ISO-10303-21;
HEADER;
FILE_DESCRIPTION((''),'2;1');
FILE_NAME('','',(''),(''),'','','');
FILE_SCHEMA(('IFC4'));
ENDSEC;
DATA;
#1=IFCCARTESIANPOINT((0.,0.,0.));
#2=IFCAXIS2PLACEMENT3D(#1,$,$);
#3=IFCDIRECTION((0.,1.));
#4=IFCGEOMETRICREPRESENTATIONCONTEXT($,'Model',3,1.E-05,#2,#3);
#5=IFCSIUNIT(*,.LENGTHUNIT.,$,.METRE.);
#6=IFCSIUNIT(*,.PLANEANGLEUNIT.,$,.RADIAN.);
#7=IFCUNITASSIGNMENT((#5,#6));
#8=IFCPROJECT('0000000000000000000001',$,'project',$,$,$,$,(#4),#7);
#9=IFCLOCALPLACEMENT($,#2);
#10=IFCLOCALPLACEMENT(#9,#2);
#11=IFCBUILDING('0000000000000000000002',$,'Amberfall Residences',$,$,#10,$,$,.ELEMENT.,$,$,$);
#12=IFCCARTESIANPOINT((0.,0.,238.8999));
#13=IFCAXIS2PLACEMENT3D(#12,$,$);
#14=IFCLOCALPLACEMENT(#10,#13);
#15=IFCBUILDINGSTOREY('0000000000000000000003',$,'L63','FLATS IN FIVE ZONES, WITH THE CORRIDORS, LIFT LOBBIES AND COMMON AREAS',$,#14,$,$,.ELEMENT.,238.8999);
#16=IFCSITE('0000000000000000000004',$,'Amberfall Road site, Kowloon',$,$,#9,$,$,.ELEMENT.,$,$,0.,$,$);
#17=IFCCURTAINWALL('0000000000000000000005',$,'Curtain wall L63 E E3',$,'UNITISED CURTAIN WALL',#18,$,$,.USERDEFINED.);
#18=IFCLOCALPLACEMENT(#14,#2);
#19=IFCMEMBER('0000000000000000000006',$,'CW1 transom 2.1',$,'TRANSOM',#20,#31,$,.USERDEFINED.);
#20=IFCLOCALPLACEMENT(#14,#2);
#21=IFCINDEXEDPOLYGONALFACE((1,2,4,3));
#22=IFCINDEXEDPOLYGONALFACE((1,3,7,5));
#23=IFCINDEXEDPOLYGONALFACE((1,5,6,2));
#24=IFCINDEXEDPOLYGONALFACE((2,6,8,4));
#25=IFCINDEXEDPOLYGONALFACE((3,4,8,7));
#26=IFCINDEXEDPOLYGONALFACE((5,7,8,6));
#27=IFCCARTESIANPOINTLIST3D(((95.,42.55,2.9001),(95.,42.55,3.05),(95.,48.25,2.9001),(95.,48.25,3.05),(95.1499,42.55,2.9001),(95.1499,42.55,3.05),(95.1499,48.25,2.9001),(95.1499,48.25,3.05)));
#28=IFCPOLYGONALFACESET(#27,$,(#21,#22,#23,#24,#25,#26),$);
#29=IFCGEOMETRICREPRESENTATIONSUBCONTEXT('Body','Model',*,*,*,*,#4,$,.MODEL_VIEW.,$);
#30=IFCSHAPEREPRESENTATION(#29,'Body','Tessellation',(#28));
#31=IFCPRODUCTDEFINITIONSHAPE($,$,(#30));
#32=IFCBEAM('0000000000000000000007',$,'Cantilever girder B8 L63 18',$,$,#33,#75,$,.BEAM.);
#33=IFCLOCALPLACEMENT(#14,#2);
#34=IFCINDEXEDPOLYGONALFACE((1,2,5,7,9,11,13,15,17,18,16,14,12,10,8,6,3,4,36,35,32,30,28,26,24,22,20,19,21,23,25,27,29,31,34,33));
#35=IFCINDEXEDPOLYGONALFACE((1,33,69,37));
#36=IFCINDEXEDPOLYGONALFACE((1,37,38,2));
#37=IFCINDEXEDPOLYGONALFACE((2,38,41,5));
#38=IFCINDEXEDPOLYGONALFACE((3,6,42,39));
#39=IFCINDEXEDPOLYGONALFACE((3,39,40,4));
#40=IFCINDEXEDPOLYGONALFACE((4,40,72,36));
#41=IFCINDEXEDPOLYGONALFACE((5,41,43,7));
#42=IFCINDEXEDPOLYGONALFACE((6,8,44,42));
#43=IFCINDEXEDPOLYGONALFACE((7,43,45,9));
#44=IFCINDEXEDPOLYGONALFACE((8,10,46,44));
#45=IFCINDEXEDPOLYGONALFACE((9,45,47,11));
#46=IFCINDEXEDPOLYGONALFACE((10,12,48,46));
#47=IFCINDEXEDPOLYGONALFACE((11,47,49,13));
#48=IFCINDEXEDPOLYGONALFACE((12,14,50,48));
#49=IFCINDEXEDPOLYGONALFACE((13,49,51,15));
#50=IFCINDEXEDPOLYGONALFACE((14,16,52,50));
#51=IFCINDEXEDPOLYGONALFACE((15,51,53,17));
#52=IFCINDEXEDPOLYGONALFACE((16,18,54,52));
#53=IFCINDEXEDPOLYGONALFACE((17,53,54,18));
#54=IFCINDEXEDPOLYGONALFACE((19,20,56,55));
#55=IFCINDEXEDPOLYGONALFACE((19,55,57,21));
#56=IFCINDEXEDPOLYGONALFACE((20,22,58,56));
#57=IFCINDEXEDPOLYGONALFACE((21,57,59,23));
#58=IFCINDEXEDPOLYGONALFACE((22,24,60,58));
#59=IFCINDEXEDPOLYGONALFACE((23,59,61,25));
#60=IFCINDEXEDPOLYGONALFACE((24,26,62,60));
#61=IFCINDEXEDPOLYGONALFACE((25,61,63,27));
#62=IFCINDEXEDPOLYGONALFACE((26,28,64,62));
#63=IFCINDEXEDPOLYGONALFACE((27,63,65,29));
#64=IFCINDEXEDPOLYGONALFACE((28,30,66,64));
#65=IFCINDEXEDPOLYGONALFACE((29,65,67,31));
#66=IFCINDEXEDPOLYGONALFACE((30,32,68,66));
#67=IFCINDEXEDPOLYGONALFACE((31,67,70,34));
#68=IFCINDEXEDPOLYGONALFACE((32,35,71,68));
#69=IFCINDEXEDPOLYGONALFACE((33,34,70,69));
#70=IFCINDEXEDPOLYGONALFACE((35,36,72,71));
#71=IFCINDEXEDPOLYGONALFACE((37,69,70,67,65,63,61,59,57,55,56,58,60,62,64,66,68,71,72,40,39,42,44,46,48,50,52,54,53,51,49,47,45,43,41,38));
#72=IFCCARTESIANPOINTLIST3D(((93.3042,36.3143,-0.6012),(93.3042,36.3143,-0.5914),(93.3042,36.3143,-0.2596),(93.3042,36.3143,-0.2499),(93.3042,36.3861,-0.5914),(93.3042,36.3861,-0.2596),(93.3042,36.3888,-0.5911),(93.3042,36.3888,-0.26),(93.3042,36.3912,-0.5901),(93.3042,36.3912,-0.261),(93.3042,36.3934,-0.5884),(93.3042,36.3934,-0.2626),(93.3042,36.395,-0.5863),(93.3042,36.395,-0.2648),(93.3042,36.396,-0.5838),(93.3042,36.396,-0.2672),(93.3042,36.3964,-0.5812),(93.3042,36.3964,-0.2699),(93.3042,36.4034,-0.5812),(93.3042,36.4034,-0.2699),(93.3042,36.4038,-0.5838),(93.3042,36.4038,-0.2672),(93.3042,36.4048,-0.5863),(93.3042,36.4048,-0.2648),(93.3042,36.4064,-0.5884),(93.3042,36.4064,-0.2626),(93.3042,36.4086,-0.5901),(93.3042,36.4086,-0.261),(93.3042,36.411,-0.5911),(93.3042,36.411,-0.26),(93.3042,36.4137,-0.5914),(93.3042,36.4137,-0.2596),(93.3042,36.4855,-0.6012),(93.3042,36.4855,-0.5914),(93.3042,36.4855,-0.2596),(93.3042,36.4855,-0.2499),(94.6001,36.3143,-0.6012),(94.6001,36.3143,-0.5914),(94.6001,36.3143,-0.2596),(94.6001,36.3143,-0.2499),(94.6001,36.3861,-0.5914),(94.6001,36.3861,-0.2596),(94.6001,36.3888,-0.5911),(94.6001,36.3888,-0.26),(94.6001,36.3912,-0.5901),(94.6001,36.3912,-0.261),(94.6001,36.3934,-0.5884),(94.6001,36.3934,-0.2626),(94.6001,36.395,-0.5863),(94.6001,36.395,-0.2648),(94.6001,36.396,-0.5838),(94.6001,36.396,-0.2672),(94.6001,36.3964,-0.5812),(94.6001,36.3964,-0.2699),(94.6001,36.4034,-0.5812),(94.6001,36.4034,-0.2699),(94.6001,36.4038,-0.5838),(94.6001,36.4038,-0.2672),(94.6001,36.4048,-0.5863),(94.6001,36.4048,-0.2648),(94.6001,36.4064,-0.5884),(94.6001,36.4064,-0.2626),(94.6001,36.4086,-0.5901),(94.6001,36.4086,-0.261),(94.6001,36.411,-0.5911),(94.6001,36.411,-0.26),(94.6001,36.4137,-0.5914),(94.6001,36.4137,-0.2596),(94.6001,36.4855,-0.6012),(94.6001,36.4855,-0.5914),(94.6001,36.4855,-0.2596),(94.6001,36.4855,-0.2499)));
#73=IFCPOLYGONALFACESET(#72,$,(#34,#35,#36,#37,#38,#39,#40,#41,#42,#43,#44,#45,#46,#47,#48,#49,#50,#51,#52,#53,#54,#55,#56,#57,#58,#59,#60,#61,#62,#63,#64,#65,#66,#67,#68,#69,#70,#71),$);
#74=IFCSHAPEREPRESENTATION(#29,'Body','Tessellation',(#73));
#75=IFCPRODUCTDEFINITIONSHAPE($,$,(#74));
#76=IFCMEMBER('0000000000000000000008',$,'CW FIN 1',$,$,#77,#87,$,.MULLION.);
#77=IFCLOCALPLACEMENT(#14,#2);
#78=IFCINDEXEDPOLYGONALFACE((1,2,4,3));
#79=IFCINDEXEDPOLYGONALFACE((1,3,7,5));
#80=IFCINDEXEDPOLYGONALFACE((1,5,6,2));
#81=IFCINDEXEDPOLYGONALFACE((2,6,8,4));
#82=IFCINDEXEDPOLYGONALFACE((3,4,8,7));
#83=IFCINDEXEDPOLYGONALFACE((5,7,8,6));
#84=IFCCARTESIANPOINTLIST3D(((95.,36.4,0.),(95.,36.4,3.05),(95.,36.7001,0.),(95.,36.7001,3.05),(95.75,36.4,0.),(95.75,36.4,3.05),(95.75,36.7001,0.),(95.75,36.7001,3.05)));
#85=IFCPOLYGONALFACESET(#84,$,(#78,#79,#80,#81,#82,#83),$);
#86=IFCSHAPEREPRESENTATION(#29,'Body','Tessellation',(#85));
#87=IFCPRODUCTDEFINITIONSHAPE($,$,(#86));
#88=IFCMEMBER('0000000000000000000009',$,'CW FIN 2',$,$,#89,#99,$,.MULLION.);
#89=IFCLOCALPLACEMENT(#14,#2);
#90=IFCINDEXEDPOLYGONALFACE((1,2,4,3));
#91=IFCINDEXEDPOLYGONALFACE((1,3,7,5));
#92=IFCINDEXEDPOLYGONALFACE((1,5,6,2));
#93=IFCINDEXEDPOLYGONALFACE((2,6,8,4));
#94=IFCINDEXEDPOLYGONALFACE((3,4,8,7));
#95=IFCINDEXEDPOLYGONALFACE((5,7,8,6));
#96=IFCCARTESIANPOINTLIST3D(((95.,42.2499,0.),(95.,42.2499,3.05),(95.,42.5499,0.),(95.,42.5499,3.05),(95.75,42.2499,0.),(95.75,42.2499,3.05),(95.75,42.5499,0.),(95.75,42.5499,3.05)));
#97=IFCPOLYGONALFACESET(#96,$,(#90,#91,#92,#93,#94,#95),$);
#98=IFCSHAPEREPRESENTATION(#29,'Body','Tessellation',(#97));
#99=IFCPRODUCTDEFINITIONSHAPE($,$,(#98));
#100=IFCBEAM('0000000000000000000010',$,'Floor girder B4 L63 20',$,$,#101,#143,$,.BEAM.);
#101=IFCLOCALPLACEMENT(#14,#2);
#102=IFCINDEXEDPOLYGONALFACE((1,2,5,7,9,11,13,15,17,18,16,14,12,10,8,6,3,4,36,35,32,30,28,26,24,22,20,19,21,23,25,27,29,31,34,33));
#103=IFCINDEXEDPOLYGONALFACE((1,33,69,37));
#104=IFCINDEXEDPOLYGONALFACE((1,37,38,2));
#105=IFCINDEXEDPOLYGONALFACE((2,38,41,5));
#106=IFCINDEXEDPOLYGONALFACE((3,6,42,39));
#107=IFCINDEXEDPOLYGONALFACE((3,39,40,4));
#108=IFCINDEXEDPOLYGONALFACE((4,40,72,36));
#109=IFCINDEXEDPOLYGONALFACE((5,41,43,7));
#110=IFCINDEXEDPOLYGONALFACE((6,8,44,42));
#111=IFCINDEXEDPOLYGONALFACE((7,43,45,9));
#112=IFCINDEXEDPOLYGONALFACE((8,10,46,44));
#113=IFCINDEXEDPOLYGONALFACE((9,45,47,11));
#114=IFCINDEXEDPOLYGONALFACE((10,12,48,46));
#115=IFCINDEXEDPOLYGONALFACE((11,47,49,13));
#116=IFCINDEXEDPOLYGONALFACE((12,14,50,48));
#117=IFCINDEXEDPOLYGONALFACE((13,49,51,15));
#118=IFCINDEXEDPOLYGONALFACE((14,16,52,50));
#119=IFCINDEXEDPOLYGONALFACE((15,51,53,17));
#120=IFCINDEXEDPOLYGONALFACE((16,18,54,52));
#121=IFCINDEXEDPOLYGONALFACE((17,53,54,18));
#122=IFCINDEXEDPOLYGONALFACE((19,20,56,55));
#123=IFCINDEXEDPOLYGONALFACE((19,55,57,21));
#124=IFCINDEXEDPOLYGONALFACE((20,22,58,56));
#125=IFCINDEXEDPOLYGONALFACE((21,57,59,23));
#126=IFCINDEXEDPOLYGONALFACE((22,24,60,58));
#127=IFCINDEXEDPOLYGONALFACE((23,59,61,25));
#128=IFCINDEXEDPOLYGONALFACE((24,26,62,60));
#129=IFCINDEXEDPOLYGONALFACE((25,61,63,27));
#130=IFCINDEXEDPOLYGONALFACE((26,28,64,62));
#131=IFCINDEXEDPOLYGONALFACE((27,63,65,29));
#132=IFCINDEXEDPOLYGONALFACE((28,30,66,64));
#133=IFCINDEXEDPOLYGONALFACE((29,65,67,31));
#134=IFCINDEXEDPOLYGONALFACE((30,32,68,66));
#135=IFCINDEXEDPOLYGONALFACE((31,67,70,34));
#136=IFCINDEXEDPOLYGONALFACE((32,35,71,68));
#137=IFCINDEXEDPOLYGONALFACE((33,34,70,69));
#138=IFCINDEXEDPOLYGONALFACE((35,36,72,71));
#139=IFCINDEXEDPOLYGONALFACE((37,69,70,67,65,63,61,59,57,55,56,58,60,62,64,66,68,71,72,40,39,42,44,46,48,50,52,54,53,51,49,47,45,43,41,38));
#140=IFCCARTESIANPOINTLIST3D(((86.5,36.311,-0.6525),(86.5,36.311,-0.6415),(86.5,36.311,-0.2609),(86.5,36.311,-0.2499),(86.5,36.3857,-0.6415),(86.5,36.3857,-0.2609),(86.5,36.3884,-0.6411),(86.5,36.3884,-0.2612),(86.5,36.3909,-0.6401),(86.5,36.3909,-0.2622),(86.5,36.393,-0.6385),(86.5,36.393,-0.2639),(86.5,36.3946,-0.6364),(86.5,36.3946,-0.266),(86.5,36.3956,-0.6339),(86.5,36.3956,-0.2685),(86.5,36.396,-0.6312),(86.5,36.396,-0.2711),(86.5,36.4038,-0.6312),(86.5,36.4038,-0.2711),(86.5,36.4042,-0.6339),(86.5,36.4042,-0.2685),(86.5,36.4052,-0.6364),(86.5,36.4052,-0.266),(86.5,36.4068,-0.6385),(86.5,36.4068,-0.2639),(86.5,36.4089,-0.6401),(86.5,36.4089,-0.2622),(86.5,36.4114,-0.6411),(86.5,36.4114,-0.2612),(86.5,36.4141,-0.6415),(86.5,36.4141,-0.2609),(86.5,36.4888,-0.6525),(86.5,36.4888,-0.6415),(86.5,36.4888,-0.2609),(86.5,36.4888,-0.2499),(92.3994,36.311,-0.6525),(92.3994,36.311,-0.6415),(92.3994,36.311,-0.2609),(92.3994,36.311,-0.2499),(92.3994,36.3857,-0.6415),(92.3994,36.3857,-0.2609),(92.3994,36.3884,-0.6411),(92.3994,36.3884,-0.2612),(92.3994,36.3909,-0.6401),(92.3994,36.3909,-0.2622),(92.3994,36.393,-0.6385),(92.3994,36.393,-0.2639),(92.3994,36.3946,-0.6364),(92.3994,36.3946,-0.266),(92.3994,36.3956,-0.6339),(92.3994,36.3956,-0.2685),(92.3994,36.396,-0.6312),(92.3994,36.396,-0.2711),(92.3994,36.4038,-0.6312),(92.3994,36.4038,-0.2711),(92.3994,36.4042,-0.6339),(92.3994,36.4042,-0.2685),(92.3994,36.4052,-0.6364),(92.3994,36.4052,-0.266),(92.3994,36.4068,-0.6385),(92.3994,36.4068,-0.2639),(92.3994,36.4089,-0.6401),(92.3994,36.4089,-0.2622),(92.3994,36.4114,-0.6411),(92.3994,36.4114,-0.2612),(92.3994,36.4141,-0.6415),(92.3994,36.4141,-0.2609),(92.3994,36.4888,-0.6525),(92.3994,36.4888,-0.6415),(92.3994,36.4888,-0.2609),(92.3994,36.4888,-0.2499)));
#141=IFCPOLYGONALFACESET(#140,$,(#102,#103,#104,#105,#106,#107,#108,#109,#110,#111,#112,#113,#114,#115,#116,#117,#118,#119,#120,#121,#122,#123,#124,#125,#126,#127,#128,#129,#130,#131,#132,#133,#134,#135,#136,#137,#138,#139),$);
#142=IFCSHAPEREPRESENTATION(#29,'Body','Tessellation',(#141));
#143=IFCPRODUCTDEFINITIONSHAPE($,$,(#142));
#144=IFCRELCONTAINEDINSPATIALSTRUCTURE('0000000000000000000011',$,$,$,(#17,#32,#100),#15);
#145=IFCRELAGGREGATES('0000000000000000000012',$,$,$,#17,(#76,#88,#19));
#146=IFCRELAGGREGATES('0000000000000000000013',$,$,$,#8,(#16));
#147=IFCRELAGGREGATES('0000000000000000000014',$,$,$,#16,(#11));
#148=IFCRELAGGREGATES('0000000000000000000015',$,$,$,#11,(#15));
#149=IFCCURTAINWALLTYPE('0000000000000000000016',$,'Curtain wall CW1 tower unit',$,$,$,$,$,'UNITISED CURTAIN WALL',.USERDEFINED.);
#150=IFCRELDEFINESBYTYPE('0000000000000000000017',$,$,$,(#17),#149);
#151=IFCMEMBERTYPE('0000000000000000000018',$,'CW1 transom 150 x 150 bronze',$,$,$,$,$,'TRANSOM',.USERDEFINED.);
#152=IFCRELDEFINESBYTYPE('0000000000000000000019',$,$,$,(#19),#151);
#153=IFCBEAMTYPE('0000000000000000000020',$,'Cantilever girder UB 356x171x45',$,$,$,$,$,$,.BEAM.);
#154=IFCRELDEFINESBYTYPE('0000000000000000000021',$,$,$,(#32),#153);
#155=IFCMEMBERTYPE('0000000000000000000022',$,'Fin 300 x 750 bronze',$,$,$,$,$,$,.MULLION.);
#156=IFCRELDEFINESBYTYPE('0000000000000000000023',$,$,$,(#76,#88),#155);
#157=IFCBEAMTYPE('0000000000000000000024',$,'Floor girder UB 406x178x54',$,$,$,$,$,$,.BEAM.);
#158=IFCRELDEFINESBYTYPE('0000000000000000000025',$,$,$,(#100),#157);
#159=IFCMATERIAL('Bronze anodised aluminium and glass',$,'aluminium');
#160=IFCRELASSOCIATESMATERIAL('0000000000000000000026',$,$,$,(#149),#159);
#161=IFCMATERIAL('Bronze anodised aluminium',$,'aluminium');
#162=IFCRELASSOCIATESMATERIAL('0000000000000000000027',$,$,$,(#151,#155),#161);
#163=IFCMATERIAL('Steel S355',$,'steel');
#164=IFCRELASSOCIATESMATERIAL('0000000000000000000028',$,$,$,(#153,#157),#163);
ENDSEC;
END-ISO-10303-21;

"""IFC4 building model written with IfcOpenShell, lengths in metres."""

from ifc_helpers import new_model, si_unit, direction, frame, origin, origin_2d, place, context, subcontext, project, spatial, rectangle, i_section, extrude, material, material_profile, profile_set, type_object, element, aggregate, save


model = new_model("IFC4")

# Units and contexts
model_context = context("Model", 3, precision=1e-05, world=origin(), true_north=direction((0.0, 1.0)))
body_context = subcontext(model_context, "Body", "Model", "MODEL_VIEW")
ifc_project = project(units=[si_unit("LENGTHUNIT", "METRE"), si_unit("PLANEANGLEUNIT", "RADIAN")], contexts=[model_context])

# Site, building, storey
site_placement = place(None, origin())
site = spatial("IfcSite", under=ifc_project, at=site_placement, Name="Amberfall Road site, Kowloon", CompositionType="ELEMENT", RefElevation=0.0)
building_placement = place(site_placement, origin())
building = spatial("IfcBuilding", under=site, at=building_placement, Name="Amberfall Residences", CompositionType="ELEMENT")
storey_placement = place(building_placement, frame((0.0, 0.0, 238.8999)))
storey = spatial("IfcBuildingStorey", under=building, at=storey_placement, Name="L63", Description="FLATS IN FIVE ZONES, WITH THE CORRIDORS, LIFT LOBBIES AND COMMON AREAS", CompositionType="ELEMENT", Elevation=238.8999)

# Shared definitions
ifc_material_1 = material(Name="Steel S355", Category="steel")

# Curtain wall, member
ifc_material_2 = material(Name="Bronze anodised aluminium and glass", Category="aluminium")
curtain_wall_type = type_object("IfcCurtainWallType", Name="Curtain wall CW1 tower unit", ElementType="UNITISED CURTAIN WALL", PredefinedType="USERDEFINED", material=ifc_material_2)
curtain_wall_placement = place(storey_placement, origin())
curtain_wall = element("IfcCurtainWall", 1, at=curtain_wall_placement, inside=storey, type_object=curtain_wall_type, Name="Curtain wall L63 E E3", ObjectType="UNITISED CURTAIN WALL", PredefinedType="USERDEFINED")
ifc_material_3 = material(Name="Bronze anodised aluminium", Category="aluminium")
ifc_material_profile_1 = material_profile(ifc_material_3, rectangle(XDim=0.1499, YDim=0.1499, at=origin_2d()), Name="CW1 transom 150 x 150 bronze")
ifc_profile_set_1 = profile_set([ifc_material_profile_1], Name="Bronze anodised aluminium")
member_type_1 = type_object("IfcMemberType", Name="CW1 transom 150 x 150 bronze", ElementType="TRANSOM", PredefinedType="USERDEFINED", material=ifc_profile_set_1)
member_1_placement = place(storey_placement, frame((95.075, 42.55, 2.9751), z_axis=(0.0, 1.0, 0.0), x_axis=(-1.0, 0.0, 0.0)))
member_1 = element("IfcMember", 2, at=member_1_placement, type_object=member_type_1, Name="CW1 transom 2.1", ObjectType="TRANSOM", PredefinedType="USERDEFINED", context=body_context, shape_type="SweptSolid", body=[
    extrude(rectangle(XDim=0.1499, YDim=0.1499, at=origin_2d()), origin(), (0.0, 0.0, 1.0), 5.7),
])

# Beam
ifc_material_profile_2 = material_profile(ifc_material_1, i_section(OverallWidth=0.1711, OverallDepth=0.3513, WebThickness=0.0071, FlangeThickness=0.0098, FilletRadius=0.0103, at=origin_2d()), Name="UB 356x171x45")
ifc_profile_set_2 = profile_set([ifc_material_profile_2], Name="Steel S355")
beam_type_1 = type_object("IfcBeamType", Name="Cantilever girder UB 356x171x45", PredefinedType="BEAM", material=ifc_profile_set_2)
beam_1_placement = place(storey_placement, frame((93.3042, 36.3999, -0.4255), z_axis=(1.0, 0.0, 0.0), x_axis=(0.0, 1.0, 0.0)))
element("IfcBeam", 3, at=beam_1_placement, inside=storey, type_object=beam_type_1, Name="Cantilever girder B8 L63 18", PredefinedType="BEAM", context=body_context, shape_type="SweptSolid", body=[
    extrude(i_section(OverallWidth=0.1711, OverallDepth=0.3513, WebThickness=0.0071, FlangeThickness=0.0098, FilletRadius=0.0103, at=origin_2d()), origin(), (0.0, 0.0, 1.0), 1.2959),
])

# Members
ifc_material_profile_3 = material_profile(ifc_material_3, rectangle(XDim=0.75, YDim=0.3, at=origin_2d()), Name="Fin 300 x 750 bronze")
ifc_profile_set_3 = profile_set([ifc_material_profile_3], Name="Bronze anodised aluminium")
member_type_2 = type_object("IfcMemberType", Name="Fin 300 x 750 bronze", PredefinedType="MULLION", material=ifc_profile_set_3)
member_2_placement = place(storey_placement, frame((95.375, 36.55, 0.0), z_axis=(0.0, 0.0, 1.0), x_axis=(-1.0, 0.0, 0.0)))
member_2 = element("IfcMember", 4, at=member_2_placement, type_object=member_type_2, Name="CW FIN 1", PredefinedType="MULLION", context=body_context, shape_type="SweptSolid", body=[
    extrude(rectangle(XDim=0.75, YDim=0.3, at=origin_2d()), origin(), (0.0, 0.0, 1.0), 3.05),
])
member_3_placement = place(storey_placement, frame((95.375, 42.3999, 0.0), z_axis=(0.0, 0.0, 1.0), x_axis=(-1.0, 0.0, 0.0)))
member_3 = element("IfcMember", 5, at=member_3_placement, type_object=member_type_2, Name="CW FIN 2", PredefinedType="MULLION", context=body_context, shape_type="SweptSolid", body=[
    extrude(rectangle(XDim=0.75, YDim=0.3, at=origin_2d()), origin(), (0.0, 0.0, 1.0), 3.05),
])

# Beam
ifc_material_profile_4 = material_profile(ifc_material_1, i_section(OverallWidth=0.1777, OverallDepth=0.4026, WebThickness=0.0078, FlangeThickness=0.011, FilletRadius=0.0103, at=origin_2d()), Name="UB 406x178x54")
ifc_profile_set_4 = profile_set([ifc_material_profile_4], Name="Steel S355")
beam_type_2 = type_object("IfcBeamType", Name="Floor girder UB 406x178x54", PredefinedType="BEAM", material=ifc_profile_set_4)
beam_2_placement = place(storey_placement, frame((92.3994, 36.3999, -0.4512), z_axis=(-1.0, 0.0, 0.0), x_axis=(0.0, -1.0, 0.0)))
element("IfcBeam", 6, at=beam_2_placement, inside=storey, type_object=beam_type_2, Name="Floor girder B4 L63 20", PredefinedType="BEAM", context=body_context, shape_type="SweptSolid", body=[
    extrude(i_section(OverallWidth=0.1777, OverallDepth=0.4026, WebThickness=0.0078, FlangeThickness=0.011, FilletRadius=0.0103, at=origin_2d()), origin(), (0.0, 0.0, 1.0), 5.8994),
])

aggregate(curtain_wall, [member_2, member_3, member_1])

save(model, "model.ifc")
